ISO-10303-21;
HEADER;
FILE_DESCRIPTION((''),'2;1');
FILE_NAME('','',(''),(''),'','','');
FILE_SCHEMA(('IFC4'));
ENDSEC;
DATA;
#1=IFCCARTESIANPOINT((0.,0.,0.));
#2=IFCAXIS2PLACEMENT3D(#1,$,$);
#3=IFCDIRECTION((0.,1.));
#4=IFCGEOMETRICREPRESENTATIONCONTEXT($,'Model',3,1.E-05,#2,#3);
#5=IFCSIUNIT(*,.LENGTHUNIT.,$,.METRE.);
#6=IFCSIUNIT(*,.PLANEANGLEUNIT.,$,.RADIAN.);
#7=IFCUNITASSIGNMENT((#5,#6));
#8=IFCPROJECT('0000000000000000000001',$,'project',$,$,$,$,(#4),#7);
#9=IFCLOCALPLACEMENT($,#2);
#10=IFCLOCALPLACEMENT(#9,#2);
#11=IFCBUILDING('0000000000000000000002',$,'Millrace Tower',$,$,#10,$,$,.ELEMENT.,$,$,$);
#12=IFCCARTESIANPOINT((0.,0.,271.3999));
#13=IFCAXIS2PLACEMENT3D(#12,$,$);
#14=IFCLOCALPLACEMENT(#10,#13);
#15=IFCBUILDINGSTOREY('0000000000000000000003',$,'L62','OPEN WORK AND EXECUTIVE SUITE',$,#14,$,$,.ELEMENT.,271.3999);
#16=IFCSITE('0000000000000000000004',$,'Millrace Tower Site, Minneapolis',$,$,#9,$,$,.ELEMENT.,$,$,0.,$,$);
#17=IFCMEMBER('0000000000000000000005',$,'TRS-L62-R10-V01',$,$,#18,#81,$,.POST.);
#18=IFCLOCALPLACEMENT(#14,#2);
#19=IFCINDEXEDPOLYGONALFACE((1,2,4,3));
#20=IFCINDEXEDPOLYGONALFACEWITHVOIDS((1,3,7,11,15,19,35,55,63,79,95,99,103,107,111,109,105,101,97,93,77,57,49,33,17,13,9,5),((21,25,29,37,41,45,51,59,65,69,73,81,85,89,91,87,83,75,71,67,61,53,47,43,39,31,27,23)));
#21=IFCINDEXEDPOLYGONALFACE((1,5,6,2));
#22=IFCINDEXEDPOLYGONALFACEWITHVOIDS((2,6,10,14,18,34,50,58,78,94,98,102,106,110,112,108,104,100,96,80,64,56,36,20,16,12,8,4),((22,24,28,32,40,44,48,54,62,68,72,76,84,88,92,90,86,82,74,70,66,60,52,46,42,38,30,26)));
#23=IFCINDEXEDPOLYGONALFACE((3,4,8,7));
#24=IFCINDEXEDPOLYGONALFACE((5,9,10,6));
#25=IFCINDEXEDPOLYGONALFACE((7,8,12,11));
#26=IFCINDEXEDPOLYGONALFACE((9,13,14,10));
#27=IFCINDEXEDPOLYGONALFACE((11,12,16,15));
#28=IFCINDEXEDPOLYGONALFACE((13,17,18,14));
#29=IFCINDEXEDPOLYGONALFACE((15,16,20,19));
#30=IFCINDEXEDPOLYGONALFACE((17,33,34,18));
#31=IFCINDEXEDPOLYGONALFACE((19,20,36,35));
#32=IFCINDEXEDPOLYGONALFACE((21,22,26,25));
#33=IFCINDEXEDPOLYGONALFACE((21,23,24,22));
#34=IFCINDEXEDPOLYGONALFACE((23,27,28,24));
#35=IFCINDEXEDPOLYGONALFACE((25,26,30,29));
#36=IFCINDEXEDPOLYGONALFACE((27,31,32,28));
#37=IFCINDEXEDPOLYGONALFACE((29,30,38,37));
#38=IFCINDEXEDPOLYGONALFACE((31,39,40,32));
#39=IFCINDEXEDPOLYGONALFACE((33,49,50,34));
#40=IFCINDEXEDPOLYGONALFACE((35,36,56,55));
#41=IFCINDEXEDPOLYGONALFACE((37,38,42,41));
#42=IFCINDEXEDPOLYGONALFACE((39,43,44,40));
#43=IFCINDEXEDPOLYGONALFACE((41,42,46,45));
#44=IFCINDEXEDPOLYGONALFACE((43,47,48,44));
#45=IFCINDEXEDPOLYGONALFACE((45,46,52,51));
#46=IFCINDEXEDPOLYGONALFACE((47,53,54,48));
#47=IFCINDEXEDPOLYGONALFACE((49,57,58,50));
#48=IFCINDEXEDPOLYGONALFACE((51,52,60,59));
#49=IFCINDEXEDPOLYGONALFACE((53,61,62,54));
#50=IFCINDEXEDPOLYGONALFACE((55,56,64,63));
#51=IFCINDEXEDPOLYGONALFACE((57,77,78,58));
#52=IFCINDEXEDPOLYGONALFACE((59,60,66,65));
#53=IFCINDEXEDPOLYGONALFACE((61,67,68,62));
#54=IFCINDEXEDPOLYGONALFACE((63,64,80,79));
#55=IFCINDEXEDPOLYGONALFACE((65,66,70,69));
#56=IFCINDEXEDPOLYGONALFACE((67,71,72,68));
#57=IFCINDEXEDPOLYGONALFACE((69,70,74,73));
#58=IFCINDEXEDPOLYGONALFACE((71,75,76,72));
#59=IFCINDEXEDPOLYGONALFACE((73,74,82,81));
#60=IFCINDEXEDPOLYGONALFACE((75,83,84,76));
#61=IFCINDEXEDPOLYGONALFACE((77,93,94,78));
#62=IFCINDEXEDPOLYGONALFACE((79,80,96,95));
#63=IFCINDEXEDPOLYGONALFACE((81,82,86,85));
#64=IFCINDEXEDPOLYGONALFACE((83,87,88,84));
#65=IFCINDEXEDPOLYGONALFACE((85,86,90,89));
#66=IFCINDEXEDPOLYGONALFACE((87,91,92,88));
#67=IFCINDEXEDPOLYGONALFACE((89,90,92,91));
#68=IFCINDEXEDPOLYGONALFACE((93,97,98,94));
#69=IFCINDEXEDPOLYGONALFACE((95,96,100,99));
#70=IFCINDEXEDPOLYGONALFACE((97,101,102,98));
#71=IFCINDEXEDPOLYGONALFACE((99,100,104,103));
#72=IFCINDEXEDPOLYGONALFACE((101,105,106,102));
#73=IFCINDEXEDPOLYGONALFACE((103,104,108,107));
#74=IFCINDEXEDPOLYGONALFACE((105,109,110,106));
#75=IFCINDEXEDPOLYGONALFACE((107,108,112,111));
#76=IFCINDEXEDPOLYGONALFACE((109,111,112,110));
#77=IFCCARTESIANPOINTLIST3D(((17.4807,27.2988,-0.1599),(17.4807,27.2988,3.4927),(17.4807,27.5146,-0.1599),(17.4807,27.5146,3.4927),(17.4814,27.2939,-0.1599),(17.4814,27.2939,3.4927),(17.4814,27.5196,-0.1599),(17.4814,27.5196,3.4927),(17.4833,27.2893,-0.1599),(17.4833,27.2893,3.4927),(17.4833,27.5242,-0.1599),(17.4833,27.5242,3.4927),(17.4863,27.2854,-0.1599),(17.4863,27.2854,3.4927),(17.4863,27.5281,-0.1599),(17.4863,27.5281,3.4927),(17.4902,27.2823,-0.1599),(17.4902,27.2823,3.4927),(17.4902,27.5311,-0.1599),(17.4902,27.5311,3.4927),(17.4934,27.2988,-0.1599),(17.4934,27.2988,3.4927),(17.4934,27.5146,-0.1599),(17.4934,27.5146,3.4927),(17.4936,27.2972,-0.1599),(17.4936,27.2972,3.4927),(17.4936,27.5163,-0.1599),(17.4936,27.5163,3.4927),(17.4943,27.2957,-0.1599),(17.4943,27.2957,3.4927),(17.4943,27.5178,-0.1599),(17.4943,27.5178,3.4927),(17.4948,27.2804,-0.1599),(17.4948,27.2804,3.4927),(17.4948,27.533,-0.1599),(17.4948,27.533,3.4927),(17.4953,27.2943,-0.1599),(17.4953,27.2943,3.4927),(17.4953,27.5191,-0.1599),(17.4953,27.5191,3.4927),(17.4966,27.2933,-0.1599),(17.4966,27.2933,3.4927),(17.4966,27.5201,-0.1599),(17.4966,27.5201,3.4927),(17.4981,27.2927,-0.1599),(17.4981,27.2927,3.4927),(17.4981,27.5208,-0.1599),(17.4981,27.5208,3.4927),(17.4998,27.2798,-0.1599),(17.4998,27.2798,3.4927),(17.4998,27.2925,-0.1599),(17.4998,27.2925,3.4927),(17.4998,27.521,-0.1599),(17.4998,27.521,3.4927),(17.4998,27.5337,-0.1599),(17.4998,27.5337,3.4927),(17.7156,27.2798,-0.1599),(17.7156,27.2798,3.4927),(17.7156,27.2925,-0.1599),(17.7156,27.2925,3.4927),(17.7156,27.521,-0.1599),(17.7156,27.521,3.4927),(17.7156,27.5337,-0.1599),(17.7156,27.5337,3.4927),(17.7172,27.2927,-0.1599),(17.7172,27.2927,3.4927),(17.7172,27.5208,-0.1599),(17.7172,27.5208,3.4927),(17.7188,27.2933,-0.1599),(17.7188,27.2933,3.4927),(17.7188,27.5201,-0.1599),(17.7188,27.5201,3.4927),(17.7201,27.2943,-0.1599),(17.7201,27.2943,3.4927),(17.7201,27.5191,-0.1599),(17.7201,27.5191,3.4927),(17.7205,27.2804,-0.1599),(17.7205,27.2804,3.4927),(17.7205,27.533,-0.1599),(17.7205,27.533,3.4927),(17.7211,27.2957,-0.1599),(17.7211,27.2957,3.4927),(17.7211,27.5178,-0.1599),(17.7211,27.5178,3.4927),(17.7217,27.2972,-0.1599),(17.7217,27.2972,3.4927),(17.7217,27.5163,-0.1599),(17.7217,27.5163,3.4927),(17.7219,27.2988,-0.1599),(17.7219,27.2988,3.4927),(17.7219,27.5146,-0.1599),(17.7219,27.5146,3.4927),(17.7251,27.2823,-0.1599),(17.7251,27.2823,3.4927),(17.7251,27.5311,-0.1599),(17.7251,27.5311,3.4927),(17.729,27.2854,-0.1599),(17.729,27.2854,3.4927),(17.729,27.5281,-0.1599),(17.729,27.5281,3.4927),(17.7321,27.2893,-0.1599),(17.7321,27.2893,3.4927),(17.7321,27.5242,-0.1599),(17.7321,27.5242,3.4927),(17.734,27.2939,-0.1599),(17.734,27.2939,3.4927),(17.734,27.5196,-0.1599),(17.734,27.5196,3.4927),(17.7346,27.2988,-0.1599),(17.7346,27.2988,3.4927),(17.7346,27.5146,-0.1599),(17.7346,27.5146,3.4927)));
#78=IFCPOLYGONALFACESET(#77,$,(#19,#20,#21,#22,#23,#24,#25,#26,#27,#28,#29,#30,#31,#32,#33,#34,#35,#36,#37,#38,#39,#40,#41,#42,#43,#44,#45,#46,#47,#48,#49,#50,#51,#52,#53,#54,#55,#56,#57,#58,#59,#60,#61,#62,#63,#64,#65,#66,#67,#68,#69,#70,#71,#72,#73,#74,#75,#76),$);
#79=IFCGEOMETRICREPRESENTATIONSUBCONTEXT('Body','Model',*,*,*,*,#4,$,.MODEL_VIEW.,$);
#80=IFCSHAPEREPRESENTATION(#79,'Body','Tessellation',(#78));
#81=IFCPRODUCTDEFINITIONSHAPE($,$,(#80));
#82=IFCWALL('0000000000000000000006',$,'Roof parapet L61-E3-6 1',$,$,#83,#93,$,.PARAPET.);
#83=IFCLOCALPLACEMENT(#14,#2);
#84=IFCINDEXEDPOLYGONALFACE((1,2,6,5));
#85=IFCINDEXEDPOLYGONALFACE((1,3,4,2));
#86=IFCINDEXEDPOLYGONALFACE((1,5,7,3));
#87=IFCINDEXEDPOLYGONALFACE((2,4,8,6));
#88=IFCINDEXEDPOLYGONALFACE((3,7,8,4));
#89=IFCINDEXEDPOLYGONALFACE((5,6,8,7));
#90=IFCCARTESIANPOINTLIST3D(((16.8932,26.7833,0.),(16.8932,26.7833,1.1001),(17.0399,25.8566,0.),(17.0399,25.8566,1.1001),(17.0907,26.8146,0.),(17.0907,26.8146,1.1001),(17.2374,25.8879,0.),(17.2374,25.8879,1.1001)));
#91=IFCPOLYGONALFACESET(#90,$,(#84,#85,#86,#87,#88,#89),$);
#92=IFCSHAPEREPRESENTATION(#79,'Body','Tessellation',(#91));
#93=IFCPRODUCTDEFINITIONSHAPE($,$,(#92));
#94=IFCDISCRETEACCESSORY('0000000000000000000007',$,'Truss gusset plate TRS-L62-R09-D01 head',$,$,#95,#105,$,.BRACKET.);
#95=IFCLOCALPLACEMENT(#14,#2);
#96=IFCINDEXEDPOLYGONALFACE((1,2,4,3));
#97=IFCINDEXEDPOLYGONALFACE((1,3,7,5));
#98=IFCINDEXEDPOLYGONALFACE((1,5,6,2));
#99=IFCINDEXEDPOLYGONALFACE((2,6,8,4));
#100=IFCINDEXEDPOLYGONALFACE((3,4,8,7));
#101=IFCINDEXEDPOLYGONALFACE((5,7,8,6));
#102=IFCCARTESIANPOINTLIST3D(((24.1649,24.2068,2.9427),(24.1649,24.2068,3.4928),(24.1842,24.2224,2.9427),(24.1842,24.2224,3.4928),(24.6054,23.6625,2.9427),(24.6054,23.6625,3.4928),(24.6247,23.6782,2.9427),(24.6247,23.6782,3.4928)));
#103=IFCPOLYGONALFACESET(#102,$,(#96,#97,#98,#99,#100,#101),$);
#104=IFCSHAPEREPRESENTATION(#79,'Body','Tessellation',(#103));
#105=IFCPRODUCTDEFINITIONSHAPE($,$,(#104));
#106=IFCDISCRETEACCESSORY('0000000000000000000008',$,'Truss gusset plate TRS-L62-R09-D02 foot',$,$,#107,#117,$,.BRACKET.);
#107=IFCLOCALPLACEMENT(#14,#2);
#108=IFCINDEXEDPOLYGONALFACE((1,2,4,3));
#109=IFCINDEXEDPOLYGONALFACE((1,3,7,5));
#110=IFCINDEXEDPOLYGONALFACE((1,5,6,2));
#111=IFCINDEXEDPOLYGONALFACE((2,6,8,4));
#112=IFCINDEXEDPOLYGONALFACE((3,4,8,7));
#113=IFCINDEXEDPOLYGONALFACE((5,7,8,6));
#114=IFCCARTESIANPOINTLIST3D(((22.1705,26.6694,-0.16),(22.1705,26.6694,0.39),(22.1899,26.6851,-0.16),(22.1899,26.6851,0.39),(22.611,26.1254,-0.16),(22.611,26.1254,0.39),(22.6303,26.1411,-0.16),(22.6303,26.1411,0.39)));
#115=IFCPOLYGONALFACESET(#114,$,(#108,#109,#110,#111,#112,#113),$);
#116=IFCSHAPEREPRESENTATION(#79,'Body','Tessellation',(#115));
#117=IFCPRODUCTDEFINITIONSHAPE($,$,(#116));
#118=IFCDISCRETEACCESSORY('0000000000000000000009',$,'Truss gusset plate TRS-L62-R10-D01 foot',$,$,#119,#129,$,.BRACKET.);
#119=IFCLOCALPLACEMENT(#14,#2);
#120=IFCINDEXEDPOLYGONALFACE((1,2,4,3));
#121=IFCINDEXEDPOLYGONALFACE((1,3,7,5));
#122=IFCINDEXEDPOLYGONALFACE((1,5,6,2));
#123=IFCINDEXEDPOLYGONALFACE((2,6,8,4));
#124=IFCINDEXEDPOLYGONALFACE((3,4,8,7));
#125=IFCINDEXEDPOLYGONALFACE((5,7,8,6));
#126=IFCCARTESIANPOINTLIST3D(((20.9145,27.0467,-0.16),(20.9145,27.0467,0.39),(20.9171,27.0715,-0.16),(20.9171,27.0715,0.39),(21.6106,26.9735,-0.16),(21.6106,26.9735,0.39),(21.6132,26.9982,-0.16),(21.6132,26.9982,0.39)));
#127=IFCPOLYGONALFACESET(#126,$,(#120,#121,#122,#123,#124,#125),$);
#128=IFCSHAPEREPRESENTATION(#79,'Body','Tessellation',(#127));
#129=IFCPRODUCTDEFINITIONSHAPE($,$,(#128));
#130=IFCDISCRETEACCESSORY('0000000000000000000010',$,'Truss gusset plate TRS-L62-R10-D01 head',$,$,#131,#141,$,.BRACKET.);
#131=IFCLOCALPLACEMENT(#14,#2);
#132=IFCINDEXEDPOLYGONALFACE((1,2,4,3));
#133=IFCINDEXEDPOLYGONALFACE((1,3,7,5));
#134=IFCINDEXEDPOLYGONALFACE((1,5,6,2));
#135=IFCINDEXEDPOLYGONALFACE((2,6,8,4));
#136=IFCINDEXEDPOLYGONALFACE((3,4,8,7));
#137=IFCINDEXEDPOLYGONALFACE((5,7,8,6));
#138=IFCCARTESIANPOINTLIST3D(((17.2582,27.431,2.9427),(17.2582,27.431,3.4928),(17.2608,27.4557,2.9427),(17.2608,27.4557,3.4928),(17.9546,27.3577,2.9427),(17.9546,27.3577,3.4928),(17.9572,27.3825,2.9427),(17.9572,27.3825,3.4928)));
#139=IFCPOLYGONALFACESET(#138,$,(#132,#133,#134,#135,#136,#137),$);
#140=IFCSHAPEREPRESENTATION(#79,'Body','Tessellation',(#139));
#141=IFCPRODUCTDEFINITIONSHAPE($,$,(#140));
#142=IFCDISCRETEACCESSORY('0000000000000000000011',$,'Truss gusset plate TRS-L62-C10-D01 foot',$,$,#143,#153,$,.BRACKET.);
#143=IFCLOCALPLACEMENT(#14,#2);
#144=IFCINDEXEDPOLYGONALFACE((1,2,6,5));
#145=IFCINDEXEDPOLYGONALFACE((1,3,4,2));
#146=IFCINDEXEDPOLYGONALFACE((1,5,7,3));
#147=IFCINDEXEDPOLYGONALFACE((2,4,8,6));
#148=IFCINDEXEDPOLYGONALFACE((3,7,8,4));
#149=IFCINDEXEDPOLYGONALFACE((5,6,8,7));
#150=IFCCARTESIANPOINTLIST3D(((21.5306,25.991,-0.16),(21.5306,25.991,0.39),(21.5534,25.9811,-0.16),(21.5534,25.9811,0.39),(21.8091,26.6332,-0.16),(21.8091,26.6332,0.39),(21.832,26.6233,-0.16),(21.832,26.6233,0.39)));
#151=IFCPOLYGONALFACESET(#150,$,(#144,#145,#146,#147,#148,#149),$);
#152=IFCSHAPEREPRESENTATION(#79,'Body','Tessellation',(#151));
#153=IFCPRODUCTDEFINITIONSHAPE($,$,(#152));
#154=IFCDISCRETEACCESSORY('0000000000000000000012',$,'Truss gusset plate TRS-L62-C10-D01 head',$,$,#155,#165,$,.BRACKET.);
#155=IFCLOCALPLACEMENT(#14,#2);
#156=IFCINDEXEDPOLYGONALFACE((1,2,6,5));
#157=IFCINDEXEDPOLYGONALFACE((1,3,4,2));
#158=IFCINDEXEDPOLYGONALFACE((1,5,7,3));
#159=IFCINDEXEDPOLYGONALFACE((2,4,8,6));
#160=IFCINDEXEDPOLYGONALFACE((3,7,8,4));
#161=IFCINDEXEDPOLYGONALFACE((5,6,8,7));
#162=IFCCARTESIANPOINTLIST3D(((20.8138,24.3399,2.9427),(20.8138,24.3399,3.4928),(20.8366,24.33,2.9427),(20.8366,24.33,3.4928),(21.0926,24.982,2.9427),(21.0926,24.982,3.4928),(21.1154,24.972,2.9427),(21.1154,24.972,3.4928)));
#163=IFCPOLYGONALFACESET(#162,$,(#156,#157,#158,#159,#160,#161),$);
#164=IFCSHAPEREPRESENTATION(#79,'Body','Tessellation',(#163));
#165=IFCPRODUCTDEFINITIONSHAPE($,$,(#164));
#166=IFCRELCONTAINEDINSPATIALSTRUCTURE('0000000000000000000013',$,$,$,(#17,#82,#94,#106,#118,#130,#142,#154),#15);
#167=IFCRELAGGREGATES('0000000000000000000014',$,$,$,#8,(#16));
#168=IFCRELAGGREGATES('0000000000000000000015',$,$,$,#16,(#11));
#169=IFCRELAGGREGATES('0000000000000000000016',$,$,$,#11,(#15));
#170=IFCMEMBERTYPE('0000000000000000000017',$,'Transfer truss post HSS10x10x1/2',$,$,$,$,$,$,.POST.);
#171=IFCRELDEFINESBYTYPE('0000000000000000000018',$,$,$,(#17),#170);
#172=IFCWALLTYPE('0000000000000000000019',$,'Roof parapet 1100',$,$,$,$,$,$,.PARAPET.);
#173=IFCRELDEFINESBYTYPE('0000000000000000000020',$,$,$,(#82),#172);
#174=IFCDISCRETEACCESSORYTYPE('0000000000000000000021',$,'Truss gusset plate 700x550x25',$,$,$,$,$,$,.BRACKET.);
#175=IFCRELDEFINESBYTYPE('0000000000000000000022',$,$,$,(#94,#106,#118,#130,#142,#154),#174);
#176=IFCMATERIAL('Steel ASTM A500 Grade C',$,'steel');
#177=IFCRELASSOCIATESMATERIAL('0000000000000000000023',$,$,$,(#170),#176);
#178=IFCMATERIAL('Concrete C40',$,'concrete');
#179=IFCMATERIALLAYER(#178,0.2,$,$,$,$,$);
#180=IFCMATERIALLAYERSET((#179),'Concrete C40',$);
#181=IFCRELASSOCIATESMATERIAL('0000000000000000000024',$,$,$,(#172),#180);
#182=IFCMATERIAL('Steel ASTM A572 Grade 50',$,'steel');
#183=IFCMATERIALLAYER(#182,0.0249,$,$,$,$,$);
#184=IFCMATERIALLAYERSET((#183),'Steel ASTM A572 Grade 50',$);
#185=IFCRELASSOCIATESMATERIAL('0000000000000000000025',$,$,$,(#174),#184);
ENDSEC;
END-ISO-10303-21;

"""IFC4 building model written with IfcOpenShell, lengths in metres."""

from ifc_helpers import new_model, si_unit, direction, frame, frame_2d, origin, origin_2d, place, context, subcontext, project, spatial, rectangle, hollow_rectangle, extrude, material, layer, layer_set, material_profile, profile_set, type_object, element, save


model = new_model("IFC4")

# Units and contexts
model_context = context("Model", 3, precision=1e-05, world=origin(), true_north=direction((0.0, 1.0)))
body_context = subcontext(model_context, "Body", "Model", "MODEL_VIEW")
ifc_project = project(units=[si_unit("LENGTHUNIT", "METRE"), si_unit("PLANEANGLEUNIT", "RADIAN")], contexts=[model_context])

# Site, building, storey
site_placement = place(None, origin())
site = spatial("IfcSite", under=ifc_project, at=site_placement, Name="Millrace Tower Site, Minneapolis", CompositionType="ELEMENT", RefElevation=0.0)
building_placement = place(site_placement, origin())
building = spatial("IfcBuilding", under=site, at=building_placement, Name="Millrace Tower", CompositionType="ELEMENT")
storey_placement = place(building_placement, frame((0.0, 0.0, 271.3999)))
storey = spatial("IfcBuildingStorey", under=building, at=storey_placement, Name="L62", Description="OPEN WORK AND EXECUTIVE SUITE", CompositionType="ELEMENT", Elevation=271.3999)

# Member
ifc_material_1 = material(Name="Steel ASTM A500 Grade C", Category="steel")
ifc_material_profile_1 = material_profile(ifc_material_1, hollow_rectangle(XDim=0.2539, YDim=0.2539, WallThickness=0.0127, InnerFilletRadius=0.0063, OuterFilletRadius=0.019, at=origin_2d()))
ifc_profile_set_1 = profile_set([ifc_material_profile_1], Name="Steel ASTM A500 Grade C")
member_type_1 = type_object("IfcMemberType", Name="Transfer truss post HSS10x10x1/2", PredefinedType="POST", material=ifc_profile_set_1)
for number, where, z_axis, x_axis, name in (
    (1, (17.6077, 27.4067, -0.1599), (0.0, 0.0, 1.0), (1.0, 0.0, 0.0), "TRS-L62-R10-V01"),
):
    element("IfcMember", number, at=place(storey_placement, frame(where, z_axis=z_axis, x_axis=x_axis)), inside=storey, type_object=member_type_1, Name=name, PredefinedType="POST", context=body_context, shape_type="SweptSolid", body=[
        extrude(hollow_rectangle(XDim=0.2539, YDim=0.2539, WallThickness=0.0127, InnerFilletRadius=0.0063, OuterFilletRadius=0.019, at=origin_2d()), origin(), (0.0, 0.0, 1.0), 3.6526),
    ])

# Wall
ifc_material_2 = material(Name="Concrete C40", Category="concrete")
ifc_layer_1 = layer(ifc_material_2, 0.2)
ifc_layer_set_1 = layer_set([ifc_layer_1], Name="Concrete C40")
wall_type = type_object("IfcWallType", Name="Roof parapet 1100", PredefinedType="PARAPET", material=ifc_layer_set_1)
wall_placement = place(storey_placement, frame((16.9919, 26.7991, 0.0), z_axis=(0.0, 0.0, 1.0), x_axis=(0.156377, -0.987697, 0.0)))
element("IfcWall", 2, at=wall_placement, inside=storey, type_object=wall_type, Name="Roof parapet L61-E3-6 1", PredefinedType="PARAPET", context=body_context, shape_type="SweptSolid", body=[
    extrude(rectangle(XDim=0.9382, YDim=0.2, at=frame_2d((0.4692, 0.0))), origin(), (0.0, 0.0, 1.0), 1.1001),
])

# Discrete accessories
ifc_material_3 = material(Name="Steel ASTM A572 Grade 50", Category="steel")
ifc_layer_2 = layer(ifc_material_3, 0.0249)
ifc_layer_set_2 = layer_set([ifc_layer_2], Name="Steel ASTM A572 Grade 50")
discrete_accessory_type = type_object("IfcDiscreteAccessoryType", Name="Truss gusset plate 700x550x25", PredefinedType="BRACKET", material=ifc_layer_set_2)
discrete_accessory_1_placement = place(storey_placement, frame((24.1746, 24.2146, 3.2178), z_axis=(0.629108, -0.777318, 0.0), x_axis=(0.777318, 0.629108, 0.0)))
element("IfcDiscreteAccessory", 3, at=discrete_accessory_1_placement, inside=storey, type_object=discrete_accessory_type, Name="Truss gusset plate TRS-L62-R09-D01 head", PredefinedType="BRACKET", context=body_context, shape_type="SweptSolid", body=[
    extrude(rectangle(XDim=0.0249, YDim=0.55, at=origin_2d()), origin(), (0.0, 0.0, 1.0), 0.7002),
])
for number, where, z_axis, x_axis, name in (
    (4, (22.1802, 26.6772, 0.115), (0.629279, -0.77718, 0.0), (0.77718, 0.629279, 0.0), "Truss gusset plate TRS-L62-R09-D02 foot"),
    (5, (20.9158, 27.0591, 0.115), (0.994509, -0.104648, 0.0), (0.104648, 0.994509, 0.0), "Truss gusset plate TRS-L62-R10-D01 foot"),
):
    element("IfcDiscreteAccessory", number, at=place(storey_placement, frame(where, z_axis=z_axis, x_axis=x_axis)), inside=storey, type_object=discrete_accessory_type, Name=name, PredefinedType="BRACKET", context=body_context, shape_type="SweptSolid", body=[
        extrude(rectangle(XDim=0.0249, YDim=0.55, at=origin_2d()), origin(), (0.0, 0.0, 1.0), 0.7),
    ])
discrete_accessory_2_placement = place(storey_placement, frame((17.2595, 27.4434, 3.2178), z_axis=(0.994513, -0.104612, 0.0), x_axis=(0.104612, 0.994513, 0.0)))
element("IfcDiscreteAccessory", 6, at=discrete_accessory_2_placement, inside=storey, type_object=discrete_accessory_type, Name="Truss gusset plate TRS-L62-R10-D01 head", PredefinedType="BRACKET", context=body_context, shape_type="SweptSolid", body=[
    extrude(rectangle(XDim=0.0249, YDim=0.55, at=origin_2d()), origin(), (0.0, 0.0, 1.0), 0.7002),
])
for number, where, z_axis, x_axis, name in (
    (7, (21.542, 25.9861, 0.115), (0.397999, 0.917386, 0.0), (-0.917386, 0.397999, 0.0), "Truss gusset plate TRS-L62-C10-D01 foot"),
    (8, (20.8252, 24.335, 3.2178), (0.398292, 0.917258, 0.0), (-0.917258, 0.398292, 0.0), "Truss gusset plate TRS-L62-C10-D01 head"),
):
    element("IfcDiscreteAccessory", number, at=place(storey_placement, frame(where, z_axis=z_axis, x_axis=x_axis)), inside=storey, type_object=discrete_accessory_type, Name=name, PredefinedType="BRACKET", context=body_context, shape_type="SweptSolid", body=[
        extrude(rectangle(XDim=0.0249, YDim=0.55, at=origin_2d()), origin(), (0.0, 0.0, 1.0), 0.7),
    ])

save(model, "model.ifc")
